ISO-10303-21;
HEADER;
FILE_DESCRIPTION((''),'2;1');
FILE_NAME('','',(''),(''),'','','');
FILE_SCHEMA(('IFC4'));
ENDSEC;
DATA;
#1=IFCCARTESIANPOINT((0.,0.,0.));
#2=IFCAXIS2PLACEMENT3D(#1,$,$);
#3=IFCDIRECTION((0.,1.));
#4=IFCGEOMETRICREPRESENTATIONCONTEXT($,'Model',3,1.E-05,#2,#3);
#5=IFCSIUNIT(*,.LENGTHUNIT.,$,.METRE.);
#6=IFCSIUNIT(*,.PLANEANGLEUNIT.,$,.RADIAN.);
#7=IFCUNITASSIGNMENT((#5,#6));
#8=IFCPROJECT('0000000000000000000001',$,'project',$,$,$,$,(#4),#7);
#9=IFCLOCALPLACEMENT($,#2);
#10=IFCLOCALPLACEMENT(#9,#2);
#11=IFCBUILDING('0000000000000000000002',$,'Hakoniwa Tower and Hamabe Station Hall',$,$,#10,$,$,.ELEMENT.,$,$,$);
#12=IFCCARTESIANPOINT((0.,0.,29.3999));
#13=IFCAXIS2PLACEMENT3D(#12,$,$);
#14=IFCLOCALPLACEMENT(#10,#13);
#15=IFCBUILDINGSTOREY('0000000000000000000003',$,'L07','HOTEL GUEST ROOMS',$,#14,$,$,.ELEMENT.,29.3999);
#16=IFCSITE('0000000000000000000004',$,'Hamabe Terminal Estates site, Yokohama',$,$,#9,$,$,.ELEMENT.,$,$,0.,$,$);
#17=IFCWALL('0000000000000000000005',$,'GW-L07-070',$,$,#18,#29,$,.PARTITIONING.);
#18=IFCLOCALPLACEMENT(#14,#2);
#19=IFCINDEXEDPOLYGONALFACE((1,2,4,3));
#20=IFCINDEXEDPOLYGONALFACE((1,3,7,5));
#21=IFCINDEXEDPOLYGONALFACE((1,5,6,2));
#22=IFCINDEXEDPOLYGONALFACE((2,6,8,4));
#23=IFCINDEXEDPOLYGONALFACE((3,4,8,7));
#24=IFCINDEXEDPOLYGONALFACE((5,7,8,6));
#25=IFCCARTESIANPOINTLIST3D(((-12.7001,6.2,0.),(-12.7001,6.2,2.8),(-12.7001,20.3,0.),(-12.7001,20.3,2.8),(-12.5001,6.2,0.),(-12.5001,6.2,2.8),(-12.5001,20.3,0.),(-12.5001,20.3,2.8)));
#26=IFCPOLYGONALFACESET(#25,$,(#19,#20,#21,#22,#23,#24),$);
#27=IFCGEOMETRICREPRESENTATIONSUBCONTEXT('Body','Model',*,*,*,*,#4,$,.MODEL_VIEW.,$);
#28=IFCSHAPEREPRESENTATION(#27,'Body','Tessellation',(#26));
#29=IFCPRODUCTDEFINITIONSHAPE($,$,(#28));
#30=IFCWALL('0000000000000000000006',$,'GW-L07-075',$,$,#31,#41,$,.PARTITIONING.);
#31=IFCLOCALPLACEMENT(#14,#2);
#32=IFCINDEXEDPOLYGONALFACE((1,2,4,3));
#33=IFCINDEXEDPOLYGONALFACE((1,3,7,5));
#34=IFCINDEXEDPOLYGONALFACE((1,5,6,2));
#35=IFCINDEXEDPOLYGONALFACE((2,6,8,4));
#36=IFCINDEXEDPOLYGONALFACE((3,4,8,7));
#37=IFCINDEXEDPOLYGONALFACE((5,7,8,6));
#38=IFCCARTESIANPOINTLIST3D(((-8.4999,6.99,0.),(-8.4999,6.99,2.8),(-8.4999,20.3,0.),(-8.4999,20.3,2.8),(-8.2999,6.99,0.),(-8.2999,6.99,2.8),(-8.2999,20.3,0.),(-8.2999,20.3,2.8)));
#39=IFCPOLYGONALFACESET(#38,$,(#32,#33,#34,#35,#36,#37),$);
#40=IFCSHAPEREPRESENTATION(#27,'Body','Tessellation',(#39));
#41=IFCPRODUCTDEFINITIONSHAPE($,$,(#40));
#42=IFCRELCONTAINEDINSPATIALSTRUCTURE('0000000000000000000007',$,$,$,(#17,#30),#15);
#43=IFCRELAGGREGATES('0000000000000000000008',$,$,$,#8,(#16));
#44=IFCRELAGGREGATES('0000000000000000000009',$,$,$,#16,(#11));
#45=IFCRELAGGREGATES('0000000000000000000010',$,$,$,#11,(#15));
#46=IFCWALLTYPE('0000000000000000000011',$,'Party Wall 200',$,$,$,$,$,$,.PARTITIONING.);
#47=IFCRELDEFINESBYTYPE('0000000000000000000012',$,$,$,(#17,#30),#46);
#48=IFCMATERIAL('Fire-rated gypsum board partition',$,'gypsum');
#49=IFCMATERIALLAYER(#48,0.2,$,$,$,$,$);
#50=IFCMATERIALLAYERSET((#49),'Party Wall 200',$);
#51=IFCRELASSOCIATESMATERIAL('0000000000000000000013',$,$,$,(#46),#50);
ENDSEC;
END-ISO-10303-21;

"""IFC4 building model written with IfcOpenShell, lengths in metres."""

from ifc_helpers import new_model, si_unit, direction, frame, frame_2d, origin, place, context, subcontext, project, spatial, rectangle, extrude, material, layer, layer_set, type_object, element, save


model = new_model("IFC4")

# Units and contexts
model_context = context("Model", 3, precision=1e-05, world=origin(), true_north=direction((0.0, 1.0)))
body_context = subcontext(model_context, "Body", "Model", "MODEL_VIEW")
ifc_project = project(units=[si_unit("LENGTHUNIT", "METRE"), si_unit("PLANEANGLEUNIT", "RADIAN")], contexts=[model_context])

# Site, building, storey
site_placement = place(None, origin())
site = spatial("IfcSite", under=ifc_project, at=site_placement, Name="Hamabe Terminal Estates site, Yokohama", CompositionType="ELEMENT", RefElevation=0.0)
building_placement = place(site_placement, origin())
building = spatial("IfcBuilding", under=site, at=building_placement, Name="Hakoniwa Tower and Hamabe Station Hall", CompositionType="ELEMENT")
storey_placement = place(building_placement, frame((0.0, 0.0, 29.3999)))
storey = spatial("IfcBuildingStorey", under=building, at=storey_placement, Name="L07", Description="HOTEL GUEST ROOMS", CompositionType="ELEMENT", Elevation=29.3999)

# Walls
ifc_material_1 = material(Name="Fire-rated gypsum board partition", Category="gypsum")
ifc_layer_1 = layer(ifc_material_1, 0.2)
ifc_layer_set_1 = layer_set([ifc_layer_1], Name="Party Wall 200")
wall_type_1 = type_object("IfcWallType", Name="Party Wall 200", PredefinedType="PARTITIONING", material=ifc_layer_set_1)
wall_1_placement = place(storey_placement, frame((-12.6001, 6.2, 0.0), z_axis=(0.0, 0.0, 1.0), x_axis=(0.0, 1.0, 0.0)))
element("IfcWall", 1, at=wall_1_placement, inside=storey, type_object=wall_type_1, Name="GW-L07-070", PredefinedType="PARTITIONING", context=body_context, shape_type="SweptSolid", body=[
    extrude(rectangle(XDim=14.1001, YDim=0.2, at=frame_2d((7.05, 0.0))), origin(), (0.0, 0.0, 1.0), 2.8),
])
wall_2_placement = place(storey_placement, frame((-8.3999, 6.99, 0.0), z_axis=(0.0, 0.0, 1.0), x_axis=(0.0, 1.0, 0.0)))
element("IfcWall", 2, at=wall_2_placement, inside=storey, type_object=wall_type_1, Name="GW-L07-075", PredefinedType="PARTITIONING", context=body_context, shape_type="SweptSolid", body=[
    extrude(rectangle(XDim=13.3101, YDim=0.2, at=frame_2d((6.655, 0.0))), origin(), (0.0, 0.0, 1.0), 2.8),
])

save(model, "model.ifc")
